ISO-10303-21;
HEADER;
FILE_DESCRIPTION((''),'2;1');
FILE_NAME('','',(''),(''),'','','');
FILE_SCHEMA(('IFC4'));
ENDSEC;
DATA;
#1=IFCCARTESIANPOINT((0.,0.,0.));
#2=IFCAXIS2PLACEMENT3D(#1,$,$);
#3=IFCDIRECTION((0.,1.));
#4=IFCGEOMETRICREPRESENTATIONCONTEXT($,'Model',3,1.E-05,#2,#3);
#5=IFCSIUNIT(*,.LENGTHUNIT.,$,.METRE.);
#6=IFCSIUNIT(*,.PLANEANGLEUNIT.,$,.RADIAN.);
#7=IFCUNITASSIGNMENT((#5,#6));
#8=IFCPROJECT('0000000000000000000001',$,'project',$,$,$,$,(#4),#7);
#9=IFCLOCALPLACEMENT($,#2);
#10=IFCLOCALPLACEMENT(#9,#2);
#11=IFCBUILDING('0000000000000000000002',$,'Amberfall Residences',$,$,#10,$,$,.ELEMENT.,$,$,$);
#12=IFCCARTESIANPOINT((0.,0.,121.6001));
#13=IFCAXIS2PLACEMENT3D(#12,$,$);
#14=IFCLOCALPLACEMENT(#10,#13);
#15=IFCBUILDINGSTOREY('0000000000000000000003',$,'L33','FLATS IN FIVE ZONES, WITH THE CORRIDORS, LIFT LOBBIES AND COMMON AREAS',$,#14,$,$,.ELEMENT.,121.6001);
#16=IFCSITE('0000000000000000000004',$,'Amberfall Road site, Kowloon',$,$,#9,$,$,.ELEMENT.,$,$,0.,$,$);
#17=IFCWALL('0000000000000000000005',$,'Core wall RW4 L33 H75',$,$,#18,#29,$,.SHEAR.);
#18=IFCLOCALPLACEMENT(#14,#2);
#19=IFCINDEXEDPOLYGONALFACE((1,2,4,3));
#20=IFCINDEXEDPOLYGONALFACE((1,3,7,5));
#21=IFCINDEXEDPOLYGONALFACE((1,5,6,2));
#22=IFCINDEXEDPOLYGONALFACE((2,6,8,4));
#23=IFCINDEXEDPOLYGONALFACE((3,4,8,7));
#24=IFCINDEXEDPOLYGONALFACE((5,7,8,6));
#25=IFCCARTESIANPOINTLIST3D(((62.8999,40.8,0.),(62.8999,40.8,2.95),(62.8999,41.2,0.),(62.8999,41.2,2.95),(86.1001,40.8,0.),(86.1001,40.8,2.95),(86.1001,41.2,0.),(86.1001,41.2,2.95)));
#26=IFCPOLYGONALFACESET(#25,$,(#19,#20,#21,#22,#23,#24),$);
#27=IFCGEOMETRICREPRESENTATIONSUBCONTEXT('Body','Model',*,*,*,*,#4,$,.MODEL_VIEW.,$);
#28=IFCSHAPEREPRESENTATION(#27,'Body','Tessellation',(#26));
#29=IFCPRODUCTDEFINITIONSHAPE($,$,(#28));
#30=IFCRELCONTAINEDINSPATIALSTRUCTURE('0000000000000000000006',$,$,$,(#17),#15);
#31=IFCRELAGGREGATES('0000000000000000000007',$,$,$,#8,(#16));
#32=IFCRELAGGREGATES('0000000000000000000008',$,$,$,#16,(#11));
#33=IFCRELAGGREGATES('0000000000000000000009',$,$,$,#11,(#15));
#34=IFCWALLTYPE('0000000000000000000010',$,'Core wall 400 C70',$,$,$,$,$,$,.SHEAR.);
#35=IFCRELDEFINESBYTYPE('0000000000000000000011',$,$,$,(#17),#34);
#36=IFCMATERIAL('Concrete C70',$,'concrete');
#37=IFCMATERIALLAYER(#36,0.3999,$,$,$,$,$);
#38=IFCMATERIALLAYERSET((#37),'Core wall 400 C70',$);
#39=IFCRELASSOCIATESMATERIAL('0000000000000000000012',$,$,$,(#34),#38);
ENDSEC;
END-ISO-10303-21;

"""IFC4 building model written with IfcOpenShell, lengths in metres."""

from ifc_helpers import new_model, si_unit, direction, frame, frame_2d, origin, place, context, subcontext, project, spatial, rectangle, extrude, material, layer, layer_set, type_object, element, save


model = new_model("IFC4")

# Units and contexts
model_context = context("Model", 3, precision=1e-05, world=origin(), true_north=direction((0.0, 1.0)))
body_context = subcontext(model_context, "Body", "Model", "MODEL_VIEW")
ifc_project = project(units=[si_unit("LENGTHUNIT", "METRE"), si_unit("PLANEANGLEUNIT", "RADIAN")], contexts=[model_context])

# Site, building, storey
site_placement = place(None, origin())
site = spatial("IfcSite", under=ifc_project, at=site_placement, Name="Amberfall Road site, Kowloon", CompositionType="ELEMENT", RefElevation=0.0)
building_placement = place(site_placement, origin())
building = spatial("IfcBuilding", under=site, at=building_placement, Name="Amberfall Residences", CompositionType="ELEMENT")
storey_placement = place(building_placement, frame((0.0, 0.0, 121.6001)))
storey = spatial("IfcBuildingStorey", under=building, at=storey_placement, Name="L33", Description="FLATS IN FIVE ZONES, WITH THE CORRIDORS, LIFT LOBBIES AND COMMON AREAS", CompositionType="ELEMENT", Elevation=121.6001)

# Wall
ifc_material_1 = material(Name="Concrete C70", Category="concrete")
ifc_layer = layer(ifc_material_1, 0.3999)
ifc_layer_set = layer_set([ifc_layer], Name="Core wall 400 C70")
wall_type = type_object("IfcWallType", Name="Core wall 400 C70", PredefinedType="SHEAR", material=ifc_layer_set)
wall_1_placement = place(storey_placement, frame((62.8999, 41.0, 0.0), z_axis=(0.0, 0.0, 1.0), x_axis=(1.0, 0.0, 0.0)))
element("IfcWall", 1, at=wall_1_placement, inside=storey, type_object=wall_type, Name="Core wall RW4 L33 H75", PredefinedType="SHEAR", context=body_context, shape_type="SweptSolid", body=[
    extrude(rectangle(XDim=23.2002, YDim=0.3999, at=frame_2d((11.6001, 0.0))), origin(), (0.0, 0.0, 1.0), 2.95),
])

save(model, "model.ifc")
